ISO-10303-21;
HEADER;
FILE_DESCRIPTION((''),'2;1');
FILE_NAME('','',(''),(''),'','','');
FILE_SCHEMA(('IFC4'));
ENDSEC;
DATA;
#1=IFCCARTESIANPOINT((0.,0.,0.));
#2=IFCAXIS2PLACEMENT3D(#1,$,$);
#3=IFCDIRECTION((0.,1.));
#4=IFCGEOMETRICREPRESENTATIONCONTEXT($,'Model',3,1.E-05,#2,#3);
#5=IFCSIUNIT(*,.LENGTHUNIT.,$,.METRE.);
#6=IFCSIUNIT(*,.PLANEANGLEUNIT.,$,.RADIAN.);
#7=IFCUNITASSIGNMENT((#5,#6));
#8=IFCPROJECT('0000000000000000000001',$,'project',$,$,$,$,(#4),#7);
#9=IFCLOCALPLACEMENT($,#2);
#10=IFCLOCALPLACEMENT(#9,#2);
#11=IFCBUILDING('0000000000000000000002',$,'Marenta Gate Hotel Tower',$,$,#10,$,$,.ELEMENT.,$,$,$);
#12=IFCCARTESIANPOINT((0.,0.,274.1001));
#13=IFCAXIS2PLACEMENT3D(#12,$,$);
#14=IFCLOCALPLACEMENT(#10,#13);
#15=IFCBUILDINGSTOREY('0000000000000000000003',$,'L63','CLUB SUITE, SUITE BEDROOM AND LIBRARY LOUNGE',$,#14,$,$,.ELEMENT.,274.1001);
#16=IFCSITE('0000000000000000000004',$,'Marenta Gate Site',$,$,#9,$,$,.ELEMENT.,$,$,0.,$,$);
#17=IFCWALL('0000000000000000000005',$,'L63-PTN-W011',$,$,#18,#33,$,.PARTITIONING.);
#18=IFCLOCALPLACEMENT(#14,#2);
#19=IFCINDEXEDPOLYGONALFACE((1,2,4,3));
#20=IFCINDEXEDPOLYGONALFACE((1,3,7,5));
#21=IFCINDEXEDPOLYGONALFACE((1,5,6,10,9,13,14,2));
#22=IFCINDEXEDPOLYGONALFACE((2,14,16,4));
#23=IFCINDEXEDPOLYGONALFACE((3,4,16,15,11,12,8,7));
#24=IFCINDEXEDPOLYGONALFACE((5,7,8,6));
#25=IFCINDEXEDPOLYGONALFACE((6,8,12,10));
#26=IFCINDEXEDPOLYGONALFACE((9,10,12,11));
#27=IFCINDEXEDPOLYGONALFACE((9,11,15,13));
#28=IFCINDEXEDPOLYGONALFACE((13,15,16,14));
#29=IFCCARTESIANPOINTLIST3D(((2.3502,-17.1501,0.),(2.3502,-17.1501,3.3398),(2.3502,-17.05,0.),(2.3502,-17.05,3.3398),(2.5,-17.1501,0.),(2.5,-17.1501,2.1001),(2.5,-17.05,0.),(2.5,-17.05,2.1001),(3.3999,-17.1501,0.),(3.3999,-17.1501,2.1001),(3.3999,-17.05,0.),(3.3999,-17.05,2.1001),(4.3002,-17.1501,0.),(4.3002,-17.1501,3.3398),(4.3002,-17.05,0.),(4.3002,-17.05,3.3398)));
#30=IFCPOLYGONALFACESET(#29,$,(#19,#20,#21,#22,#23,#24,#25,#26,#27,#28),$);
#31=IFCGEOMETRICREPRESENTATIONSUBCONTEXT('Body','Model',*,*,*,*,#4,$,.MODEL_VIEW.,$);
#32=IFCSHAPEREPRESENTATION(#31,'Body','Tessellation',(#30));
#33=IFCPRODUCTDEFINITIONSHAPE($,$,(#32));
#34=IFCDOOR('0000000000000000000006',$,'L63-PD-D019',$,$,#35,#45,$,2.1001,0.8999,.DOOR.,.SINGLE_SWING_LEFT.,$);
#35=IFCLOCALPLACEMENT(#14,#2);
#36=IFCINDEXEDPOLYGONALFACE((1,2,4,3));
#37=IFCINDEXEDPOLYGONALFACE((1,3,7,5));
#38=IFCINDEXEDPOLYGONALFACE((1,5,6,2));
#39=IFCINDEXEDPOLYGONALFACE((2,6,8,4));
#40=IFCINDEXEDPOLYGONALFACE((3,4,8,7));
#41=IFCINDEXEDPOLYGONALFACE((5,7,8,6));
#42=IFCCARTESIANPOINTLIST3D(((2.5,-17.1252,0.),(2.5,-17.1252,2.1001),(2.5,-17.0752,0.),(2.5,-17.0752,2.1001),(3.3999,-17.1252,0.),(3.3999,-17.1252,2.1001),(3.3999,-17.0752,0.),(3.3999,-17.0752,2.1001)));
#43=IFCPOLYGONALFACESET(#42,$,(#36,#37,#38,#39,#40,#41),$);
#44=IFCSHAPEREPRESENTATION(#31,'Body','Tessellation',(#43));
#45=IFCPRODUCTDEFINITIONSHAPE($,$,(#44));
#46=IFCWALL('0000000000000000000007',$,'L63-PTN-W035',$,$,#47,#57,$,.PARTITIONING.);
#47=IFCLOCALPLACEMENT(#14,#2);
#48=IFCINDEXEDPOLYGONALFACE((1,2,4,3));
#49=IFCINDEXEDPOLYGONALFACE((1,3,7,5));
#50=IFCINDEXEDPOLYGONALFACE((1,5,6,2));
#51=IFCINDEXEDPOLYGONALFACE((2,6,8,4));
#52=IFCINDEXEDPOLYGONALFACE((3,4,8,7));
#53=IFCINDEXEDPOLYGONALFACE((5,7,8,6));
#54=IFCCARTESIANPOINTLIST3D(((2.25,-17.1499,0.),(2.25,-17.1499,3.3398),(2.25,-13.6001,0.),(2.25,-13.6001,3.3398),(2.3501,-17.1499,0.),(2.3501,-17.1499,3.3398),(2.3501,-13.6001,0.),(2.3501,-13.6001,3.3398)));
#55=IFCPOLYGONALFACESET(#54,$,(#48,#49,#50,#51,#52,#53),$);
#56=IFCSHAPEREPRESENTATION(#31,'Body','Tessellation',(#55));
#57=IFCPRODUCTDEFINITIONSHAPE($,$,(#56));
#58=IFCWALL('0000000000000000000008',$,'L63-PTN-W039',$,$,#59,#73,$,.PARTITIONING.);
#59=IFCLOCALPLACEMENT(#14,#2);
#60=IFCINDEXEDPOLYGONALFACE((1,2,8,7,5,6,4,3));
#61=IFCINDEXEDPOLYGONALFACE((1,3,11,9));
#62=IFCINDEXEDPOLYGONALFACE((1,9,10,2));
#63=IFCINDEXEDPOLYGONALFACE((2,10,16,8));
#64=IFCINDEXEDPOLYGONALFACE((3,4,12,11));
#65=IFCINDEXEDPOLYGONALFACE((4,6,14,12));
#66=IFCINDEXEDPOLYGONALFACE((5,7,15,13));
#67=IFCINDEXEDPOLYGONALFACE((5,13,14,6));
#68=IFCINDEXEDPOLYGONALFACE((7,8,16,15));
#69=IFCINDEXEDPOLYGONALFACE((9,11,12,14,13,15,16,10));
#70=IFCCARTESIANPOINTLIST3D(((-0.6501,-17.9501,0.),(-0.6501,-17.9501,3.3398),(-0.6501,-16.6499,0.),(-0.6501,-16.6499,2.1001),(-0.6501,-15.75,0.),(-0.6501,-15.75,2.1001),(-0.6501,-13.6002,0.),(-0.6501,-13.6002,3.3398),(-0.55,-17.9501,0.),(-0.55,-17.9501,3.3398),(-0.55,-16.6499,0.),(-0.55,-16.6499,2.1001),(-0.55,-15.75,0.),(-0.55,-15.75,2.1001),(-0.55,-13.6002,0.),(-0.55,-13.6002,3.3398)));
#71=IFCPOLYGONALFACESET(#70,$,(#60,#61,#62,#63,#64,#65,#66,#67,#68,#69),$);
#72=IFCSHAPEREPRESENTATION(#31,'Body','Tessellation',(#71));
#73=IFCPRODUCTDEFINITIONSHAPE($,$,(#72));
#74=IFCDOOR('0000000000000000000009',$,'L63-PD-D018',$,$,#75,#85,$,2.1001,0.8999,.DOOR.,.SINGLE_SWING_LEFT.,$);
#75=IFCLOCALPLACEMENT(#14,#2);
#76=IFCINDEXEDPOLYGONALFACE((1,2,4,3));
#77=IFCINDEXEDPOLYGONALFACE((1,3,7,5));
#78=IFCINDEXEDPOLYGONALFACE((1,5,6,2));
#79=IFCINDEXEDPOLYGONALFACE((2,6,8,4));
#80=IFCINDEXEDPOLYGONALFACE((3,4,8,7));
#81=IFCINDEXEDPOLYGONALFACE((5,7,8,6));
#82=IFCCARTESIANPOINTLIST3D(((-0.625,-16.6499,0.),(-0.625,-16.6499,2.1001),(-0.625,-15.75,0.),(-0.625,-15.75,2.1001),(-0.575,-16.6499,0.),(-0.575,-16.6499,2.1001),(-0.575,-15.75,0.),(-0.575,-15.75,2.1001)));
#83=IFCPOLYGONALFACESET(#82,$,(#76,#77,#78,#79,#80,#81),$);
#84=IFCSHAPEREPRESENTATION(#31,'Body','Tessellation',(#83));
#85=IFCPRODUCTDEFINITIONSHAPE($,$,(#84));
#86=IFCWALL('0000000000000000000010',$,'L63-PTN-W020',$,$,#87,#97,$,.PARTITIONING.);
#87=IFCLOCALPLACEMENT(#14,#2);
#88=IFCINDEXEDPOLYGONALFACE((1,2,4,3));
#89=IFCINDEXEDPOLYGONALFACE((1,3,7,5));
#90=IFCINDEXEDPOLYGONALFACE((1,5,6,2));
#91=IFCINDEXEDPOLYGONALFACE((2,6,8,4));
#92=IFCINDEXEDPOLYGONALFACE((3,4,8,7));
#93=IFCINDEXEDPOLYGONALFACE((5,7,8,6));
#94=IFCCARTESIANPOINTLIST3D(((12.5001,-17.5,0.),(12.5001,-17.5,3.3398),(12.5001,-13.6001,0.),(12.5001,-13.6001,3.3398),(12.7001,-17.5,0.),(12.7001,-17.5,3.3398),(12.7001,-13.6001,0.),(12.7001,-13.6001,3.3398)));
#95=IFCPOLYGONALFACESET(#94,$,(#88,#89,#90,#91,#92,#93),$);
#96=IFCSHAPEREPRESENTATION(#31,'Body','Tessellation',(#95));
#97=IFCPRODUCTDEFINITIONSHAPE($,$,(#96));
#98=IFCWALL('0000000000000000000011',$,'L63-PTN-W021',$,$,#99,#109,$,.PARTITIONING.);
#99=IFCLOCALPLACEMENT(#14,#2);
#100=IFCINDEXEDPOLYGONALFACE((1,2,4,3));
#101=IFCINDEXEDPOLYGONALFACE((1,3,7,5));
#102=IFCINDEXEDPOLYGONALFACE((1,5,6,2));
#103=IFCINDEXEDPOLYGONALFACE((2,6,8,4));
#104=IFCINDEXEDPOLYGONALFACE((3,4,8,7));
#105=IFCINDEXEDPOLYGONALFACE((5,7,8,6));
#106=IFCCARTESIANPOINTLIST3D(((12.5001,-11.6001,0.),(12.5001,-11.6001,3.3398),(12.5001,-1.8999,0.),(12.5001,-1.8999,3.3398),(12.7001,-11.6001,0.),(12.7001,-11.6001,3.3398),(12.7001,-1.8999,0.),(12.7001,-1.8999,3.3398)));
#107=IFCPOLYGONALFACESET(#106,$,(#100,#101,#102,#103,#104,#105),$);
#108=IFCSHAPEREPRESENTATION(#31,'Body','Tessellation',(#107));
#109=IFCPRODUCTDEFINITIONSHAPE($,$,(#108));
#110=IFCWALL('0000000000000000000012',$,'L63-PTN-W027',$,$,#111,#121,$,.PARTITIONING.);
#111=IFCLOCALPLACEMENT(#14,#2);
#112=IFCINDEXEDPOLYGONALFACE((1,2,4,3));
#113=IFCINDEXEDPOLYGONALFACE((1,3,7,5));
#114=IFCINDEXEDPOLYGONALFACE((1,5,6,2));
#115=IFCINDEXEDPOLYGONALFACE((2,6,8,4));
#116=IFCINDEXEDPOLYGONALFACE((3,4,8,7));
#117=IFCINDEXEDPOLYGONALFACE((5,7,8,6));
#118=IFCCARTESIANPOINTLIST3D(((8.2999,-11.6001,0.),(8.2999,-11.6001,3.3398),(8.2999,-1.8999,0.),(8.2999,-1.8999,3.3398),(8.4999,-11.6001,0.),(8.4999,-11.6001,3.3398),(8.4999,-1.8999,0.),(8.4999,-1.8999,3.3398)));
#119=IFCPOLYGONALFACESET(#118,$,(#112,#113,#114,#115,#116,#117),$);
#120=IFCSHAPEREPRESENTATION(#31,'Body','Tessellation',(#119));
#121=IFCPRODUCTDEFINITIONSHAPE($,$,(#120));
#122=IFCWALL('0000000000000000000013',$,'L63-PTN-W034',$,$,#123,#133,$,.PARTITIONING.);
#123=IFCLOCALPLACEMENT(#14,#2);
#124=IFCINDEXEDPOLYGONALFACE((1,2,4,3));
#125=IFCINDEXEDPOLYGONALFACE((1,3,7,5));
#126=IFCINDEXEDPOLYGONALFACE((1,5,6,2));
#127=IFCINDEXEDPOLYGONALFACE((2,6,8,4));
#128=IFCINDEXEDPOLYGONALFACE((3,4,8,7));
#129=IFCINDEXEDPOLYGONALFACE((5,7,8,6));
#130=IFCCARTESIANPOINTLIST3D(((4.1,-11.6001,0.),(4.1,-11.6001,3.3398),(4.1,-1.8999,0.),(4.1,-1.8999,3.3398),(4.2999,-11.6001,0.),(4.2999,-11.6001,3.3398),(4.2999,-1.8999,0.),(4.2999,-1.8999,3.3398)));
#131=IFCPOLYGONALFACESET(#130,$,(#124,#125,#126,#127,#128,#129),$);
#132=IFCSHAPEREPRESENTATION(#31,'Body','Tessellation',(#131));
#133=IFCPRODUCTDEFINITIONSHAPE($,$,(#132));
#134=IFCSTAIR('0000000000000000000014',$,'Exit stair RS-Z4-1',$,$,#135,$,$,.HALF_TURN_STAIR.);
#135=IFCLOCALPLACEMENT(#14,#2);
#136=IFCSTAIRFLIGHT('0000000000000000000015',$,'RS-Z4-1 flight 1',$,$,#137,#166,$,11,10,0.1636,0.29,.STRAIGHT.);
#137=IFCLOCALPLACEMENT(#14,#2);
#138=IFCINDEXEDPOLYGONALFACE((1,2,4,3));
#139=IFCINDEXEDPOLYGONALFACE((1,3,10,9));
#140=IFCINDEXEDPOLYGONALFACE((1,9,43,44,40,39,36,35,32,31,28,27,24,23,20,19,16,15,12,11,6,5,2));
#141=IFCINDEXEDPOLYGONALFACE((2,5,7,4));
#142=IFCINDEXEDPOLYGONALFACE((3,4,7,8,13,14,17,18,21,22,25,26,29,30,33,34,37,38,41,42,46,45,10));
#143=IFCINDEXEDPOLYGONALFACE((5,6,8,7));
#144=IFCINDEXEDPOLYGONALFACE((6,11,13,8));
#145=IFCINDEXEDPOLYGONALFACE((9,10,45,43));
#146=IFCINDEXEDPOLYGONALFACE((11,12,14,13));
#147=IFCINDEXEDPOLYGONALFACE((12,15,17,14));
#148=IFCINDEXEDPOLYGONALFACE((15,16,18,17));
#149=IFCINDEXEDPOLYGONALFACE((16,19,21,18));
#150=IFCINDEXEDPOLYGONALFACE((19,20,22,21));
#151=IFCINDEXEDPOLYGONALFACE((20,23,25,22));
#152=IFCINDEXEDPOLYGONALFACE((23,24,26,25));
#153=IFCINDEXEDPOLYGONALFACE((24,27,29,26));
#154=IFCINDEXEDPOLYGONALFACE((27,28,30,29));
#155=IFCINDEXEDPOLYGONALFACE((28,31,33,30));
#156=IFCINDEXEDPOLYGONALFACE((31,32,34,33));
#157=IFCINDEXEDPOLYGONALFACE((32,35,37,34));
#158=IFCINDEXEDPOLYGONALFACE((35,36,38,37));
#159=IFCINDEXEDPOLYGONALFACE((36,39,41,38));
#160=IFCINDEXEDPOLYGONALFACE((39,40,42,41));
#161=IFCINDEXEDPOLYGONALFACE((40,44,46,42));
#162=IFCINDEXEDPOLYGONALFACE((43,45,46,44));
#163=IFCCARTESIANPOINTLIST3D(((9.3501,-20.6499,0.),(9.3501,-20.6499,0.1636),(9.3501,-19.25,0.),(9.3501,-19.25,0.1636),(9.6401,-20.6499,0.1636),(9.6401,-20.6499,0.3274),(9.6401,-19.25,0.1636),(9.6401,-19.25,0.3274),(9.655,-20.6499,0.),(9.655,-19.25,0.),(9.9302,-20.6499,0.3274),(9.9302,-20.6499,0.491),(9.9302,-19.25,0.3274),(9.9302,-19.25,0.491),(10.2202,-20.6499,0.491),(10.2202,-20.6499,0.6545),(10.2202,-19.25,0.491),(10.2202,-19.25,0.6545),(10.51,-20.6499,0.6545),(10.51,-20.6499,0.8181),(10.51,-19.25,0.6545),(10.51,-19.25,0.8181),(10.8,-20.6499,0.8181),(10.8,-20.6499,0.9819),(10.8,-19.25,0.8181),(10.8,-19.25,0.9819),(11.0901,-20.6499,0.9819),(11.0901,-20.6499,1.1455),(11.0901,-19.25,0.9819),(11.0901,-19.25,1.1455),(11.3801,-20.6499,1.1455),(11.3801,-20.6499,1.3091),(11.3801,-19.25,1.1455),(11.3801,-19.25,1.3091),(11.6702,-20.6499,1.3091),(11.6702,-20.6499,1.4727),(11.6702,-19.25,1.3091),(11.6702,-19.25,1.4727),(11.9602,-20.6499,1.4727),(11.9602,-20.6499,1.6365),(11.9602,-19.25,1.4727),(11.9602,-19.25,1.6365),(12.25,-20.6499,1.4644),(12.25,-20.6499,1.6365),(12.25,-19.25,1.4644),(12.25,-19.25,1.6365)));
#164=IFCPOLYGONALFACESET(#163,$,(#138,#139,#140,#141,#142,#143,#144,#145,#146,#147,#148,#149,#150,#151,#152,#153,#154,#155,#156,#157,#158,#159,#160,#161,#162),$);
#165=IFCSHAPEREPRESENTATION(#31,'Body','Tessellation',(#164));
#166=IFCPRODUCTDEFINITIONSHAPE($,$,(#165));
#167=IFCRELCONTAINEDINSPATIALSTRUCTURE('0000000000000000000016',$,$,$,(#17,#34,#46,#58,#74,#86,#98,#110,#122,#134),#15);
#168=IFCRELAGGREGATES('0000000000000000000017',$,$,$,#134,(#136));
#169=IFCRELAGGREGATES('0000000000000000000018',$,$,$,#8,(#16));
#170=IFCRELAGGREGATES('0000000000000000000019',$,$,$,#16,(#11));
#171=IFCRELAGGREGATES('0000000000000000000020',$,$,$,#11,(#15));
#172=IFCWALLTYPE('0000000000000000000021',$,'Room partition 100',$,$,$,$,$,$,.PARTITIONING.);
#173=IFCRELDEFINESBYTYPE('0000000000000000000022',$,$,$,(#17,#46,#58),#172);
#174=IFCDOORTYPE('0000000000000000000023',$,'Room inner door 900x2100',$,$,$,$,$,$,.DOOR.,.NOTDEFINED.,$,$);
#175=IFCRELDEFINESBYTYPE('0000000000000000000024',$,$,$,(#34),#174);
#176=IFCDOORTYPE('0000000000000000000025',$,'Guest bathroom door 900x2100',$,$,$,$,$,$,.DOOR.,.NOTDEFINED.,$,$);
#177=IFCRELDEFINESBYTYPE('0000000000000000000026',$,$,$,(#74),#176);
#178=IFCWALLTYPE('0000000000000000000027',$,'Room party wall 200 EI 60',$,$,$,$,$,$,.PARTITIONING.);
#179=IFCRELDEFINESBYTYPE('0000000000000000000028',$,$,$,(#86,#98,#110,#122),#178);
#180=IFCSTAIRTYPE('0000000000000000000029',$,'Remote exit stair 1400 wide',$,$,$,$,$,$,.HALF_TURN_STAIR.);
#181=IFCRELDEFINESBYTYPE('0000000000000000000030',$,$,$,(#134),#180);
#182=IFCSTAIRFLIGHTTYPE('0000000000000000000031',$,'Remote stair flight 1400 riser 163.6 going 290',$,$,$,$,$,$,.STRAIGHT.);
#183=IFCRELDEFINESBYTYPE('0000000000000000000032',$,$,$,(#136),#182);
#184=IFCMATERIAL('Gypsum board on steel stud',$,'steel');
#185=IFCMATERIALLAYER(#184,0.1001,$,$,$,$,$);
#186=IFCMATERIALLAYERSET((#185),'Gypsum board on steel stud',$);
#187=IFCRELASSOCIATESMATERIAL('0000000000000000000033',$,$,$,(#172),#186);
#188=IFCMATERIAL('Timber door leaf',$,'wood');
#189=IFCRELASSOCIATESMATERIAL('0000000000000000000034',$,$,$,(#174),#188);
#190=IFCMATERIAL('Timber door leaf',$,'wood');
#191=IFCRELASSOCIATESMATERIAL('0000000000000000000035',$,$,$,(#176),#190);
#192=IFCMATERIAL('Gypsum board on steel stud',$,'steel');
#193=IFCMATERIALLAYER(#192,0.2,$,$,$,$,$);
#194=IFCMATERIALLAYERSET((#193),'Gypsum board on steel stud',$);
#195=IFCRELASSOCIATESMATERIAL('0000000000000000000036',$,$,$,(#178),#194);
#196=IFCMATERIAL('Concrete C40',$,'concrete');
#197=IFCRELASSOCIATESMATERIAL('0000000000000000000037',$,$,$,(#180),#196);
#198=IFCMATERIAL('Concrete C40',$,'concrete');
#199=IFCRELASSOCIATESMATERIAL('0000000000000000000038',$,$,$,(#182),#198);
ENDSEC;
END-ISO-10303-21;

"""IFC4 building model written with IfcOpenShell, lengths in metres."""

from ifc_helpers import new_model, si_unit, direction, frame, frame_2d, origin, place, context, subcontext, project, spatial, polyline, rectangle, outline, extrude, material, layer, layer_set, type_object, element, fill, aggregate, save


model = new_model("IFC4")

# Units and contexts
model_context = context("Model", 3, precision=1e-05, world=origin(), true_north=direction((0.0, 1.0)))
body_context = subcontext(model_context, "Body", "Model", "MODEL_VIEW")
ifc_project = project(units=[si_unit("LENGTHUNIT", "METRE"), si_unit("PLANEANGLEUNIT", "RADIAN")], contexts=[model_context])

# Site, building, storey
site_placement = place(None, origin())
site = spatial("IfcSite", under=ifc_project, at=site_placement, Name="Marenta Gate Site", CompositionType="ELEMENT", RefElevation=0.0)
building_placement = place(site_placement, origin())
building = spatial("IfcBuilding", under=site, at=building_placement, Name="Marenta Gate Hotel Tower", CompositionType="ELEMENT")
storey_placement = place(building_placement, frame((0.0, 0.0, 274.1001)))
storey = spatial("IfcBuildingStorey", under=building, at=storey_placement, Name="L63", Description="CLUB SUITE, SUITE BEDROOM AND LIBRARY LOUNGE", CompositionType="ELEMENT", Elevation=274.1001)

# Wall, opening, door
ifc_material_1 = material(Name="Gypsum board on steel stud", Category="steel")
ifc_layer_1 = layer(ifc_material_1, 0.1001)
ifc_layer_set_1 = layer_set([ifc_layer_1], Name="Gypsum board on steel stud")
wall_type_1 = type_object("IfcWallType", Name="Room partition 100", PredefinedType="PARTITIONING", material=ifc_layer_set_1)
wall_1_placement = place(storey_placement, frame((2.3501, -17.1001, 0.0), z_axis=(0.0, 0.0, 1.0), x_axis=(1.0, 0.0, 0.0)))
wall_1 = element("IfcWall", 1, at=wall_1_placement, inside=storey, type_object=wall_type_1, Name="L63-PTN-W011", PredefinedType="PARTITIONING", context=body_context, shape_type="SweptSolid", body=[
    extrude(rectangle(XDim=1.95, YDim=0.1001, at=frame_2d((0.9751, 0.0))), origin(), (0.0, 0.0, 1.0), 3.3398),
])
opening_1_placement = place(wall_1_placement, frame((0.1499, 0.0, 0.0)))
opening_1 = element("IfcOpeningElement", 2, at=opening_1_placement, cuts=wall_1, PredefinedType="OPENING", context=body_context, shape_type="SweptSolid", body=[
    extrude(rectangle(XDim=0.8999, YDim=2.1001, at=frame_2d((0.45, 1.05))), frame((0.0, 0.05, 0.0), z_axis=(0.0, -1.0, 0.0), x_axis=(1.0, 0.0, 0.0)), (0.0, 0.0, 1.0), 0.1001),
])
ifc_material_2 = material(Name="Timber door leaf", Category="wood")
door_type_1 = type_object("IfcDoorType", Name="Room inner door 900x2100", OperationType="NOTDEFINED", PredefinedType="DOOR", material=ifc_material_2)
door_1_placement = place(opening_1_placement, origin())
door_1 = element("IfcDoor", 3, at=door_1_placement, inside=storey, type_object=door_type_1, Name="L63-PD-D019", OperationType="SINGLE_SWING_LEFT", OverallHeight=2.1001, OverallWidth=0.8999, PredefinedType="DOOR", context=body_context, shape_type="SweptSolid", body=[
    extrude(rectangle(XDim=0.8999, YDim=2.1001, at=frame_2d((0.45, 1.05))), frame((0.0, 0.0249, 0.0), z_axis=(0.0, -1.0, 0.0), x_axis=(1.0, 0.0, 0.0)), (0.0, 0.0, 1.0), 0.05),
])
fill(opening_1, door_1)

# Wall
wall_2_placement = place(storey_placement, frame((2.3, -17.1499, 0.0), z_axis=(0.0, 0.0, 1.0), x_axis=(0.0, 1.0, 0.0)))
element("IfcWall", 4, at=wall_2_placement, inside=storey, type_object=wall_type_1, Name="L63-PTN-W035", PredefinedType="PARTITIONING", context=body_context, shape_type="SweptSolid", body=[
    extrude(rectangle(XDim=3.5498, YDim=0.1001, at=frame_2d((1.7749, 0.0))), origin(), (0.0, 0.0, 1.0), 3.3398),
])

# Wall, opening, door
wall_3_placement = place(storey_placement, frame((-0.6001, -17.95, 0.0), z_axis=(0.0, 0.0, 1.0), x_axis=(0.0, 1.0, 0.0)))
wall_3 = element("IfcWall", 5, at=wall_3_placement, inside=storey, type_object=wall_type_1, Name="L63-PTN-W039", PredefinedType="PARTITIONING", context=body_context, shape_type="SweptSolid", body=[
    extrude(rectangle(XDim=4.3499, YDim=0.1001, at=frame_2d((2.1748, 0.0))), origin(), (0.0, 0.0, 1.0), 3.3398),
])
opening_2_placement = place(wall_3_placement, frame((1.3, 0.0, 0.0)))
opening_2 = element("IfcOpeningElement", 6, at=opening_2_placement, cuts=wall_3, PredefinedType="OPENING", context=body_context, shape_type="SweptSolid", body=[
    extrude(rectangle(XDim=0.8999, YDim=2.1001, at=frame_2d((0.45, 1.05))), frame((0.0, 0.05, 0.0), z_axis=(0.0, -1.0, 0.0), x_axis=(1.0, 0.0, 0.0)), (0.0, 0.0, 1.0), 0.1001),
])
ifc_material_3 = material(Name="Timber door leaf", Category="wood")
door_type_2 = type_object("IfcDoorType", Name="Guest bathroom door 900x2100", OperationType="NOTDEFINED", PredefinedType="DOOR", material=ifc_material_3)
door_2_placement = place(opening_2_placement, origin())
door_2 = element("IfcDoor", 7, at=door_2_placement, inside=storey, type_object=door_type_2, Name="L63-PD-D018", OperationType="SINGLE_SWING_LEFT", OverallHeight=2.1001, OverallWidth=0.8999, PredefinedType="DOOR", context=body_context, shape_type="SweptSolid", body=[
    extrude(rectangle(XDim=0.8999, YDim=2.1001, at=frame_2d((0.45, 1.05))), frame((0.0, 0.0249, 0.0), z_axis=(0.0, -1.0, 0.0), x_axis=(1.0, 0.0, 0.0)), (0.0, 0.0, 1.0), 0.05),
])
fill(opening_2, door_2)

# Walls
ifc_material_4 = material(Name="Gypsum board on steel stud", Category="steel")
ifc_layer_2 = layer(ifc_material_4, 0.2)
ifc_layer_set_2 = layer_set([ifc_layer_2], Name="Gypsum board on steel stud")
wall_type_2 = type_object("IfcWallType", Name="Room party wall 200 EI 60", PredefinedType="PARTITIONING", material=ifc_layer_set_2)
wall_4_placement = place(storey_placement, frame((12.6001, -17.5, 0.0), z_axis=(0.0, 0.0, 1.0), x_axis=(0.0, 1.0, 0.0)))
element("IfcWall", 8, at=wall_4_placement, inside=storey, type_object=wall_type_2, Name="L63-PTN-W020", PredefinedType="PARTITIONING", context=body_context, shape_type="SweptSolid", body=[
    extrude(rectangle(XDim=3.8999, YDim=0.2, at=frame_2d((1.95, 0.0))), origin(), (0.0, 0.0, 1.0), 3.3398),
])
for number, where, z_axis, x_axis, name in (
    (9, (12.6001, -11.6001, 0.0), (0.0, 0.0, 1.0), (0.0, 1.0, 0.0), "L63-PTN-W021"),
    (10, (8.3999, -11.6001, 0.0), (0.0, 0.0, 1.0), (0.0, 1.0, 0.0), "L63-PTN-W027"),
    (11, (4.2, -11.6001, 0.0), (0.0, 0.0, 1.0), (0.0, 1.0, 0.0), "L63-PTN-W034"),
):
    element("IfcWall", number, at=place(storey_placement, frame(where, z_axis=z_axis, x_axis=x_axis)), inside=storey, type_object=wall_type_2, Name=name, PredefinedType="PARTITIONING", context=body_context, shape_type="SweptSolid", body=[
        extrude(rectangle(XDim=9.7002, YDim=0.2, at=frame_2d((4.8501, 0.0))), origin(), (0.0, 0.0, 1.0), 3.3398),
    ])

# Stair, stair flight
ifc_material_5 = material(Name="Concrete C40", Category="concrete")
stair_type = type_object("IfcStairType", Name="Remote exit stair 1400 wide", PredefinedType="HALF_TURN_STAIR", material=ifc_material_5)
stair_placement = place(storey_placement, origin())
stair = element("IfcStair", 12, at=stair_placement, inside=storey, type_object=stair_type, Name="Exit stair RS-Z4-1", PredefinedType="HALF_TURN_STAIR")
ifc_material_6 = material(Name="Concrete C40", Category="concrete")
stair_flight_type = type_object("IfcStairFlightType", Name="Remote stair flight 1400 riser 163.6 going 290", PredefinedType="STRAIGHT", material=ifc_material_6)
stair_flight_1_placement = place(storey_placement, frame((9.3501, -19.95, 0.0), z_axis=(0.0, 0.0, 1.0), x_axis=(1.0, 0.0, 0.0)))
stair_flight_1 = element("IfcStairFlight", 13, at=stair_flight_1_placement, type_object=stair_flight_type, Name="RS-Z4-1 flight 1", NumberOfRisers=11, NumberOfTreads=10, PredefinedType="STRAIGHT", RiserHeight=0.1636, TreadLength=0.29, context=body_context, shape_type="SweptSolid", body=[
    extrude(outline(polyline([(0.0, 0.0), (0.0, 0.1636), (0.29, 0.1636), (0.29, 0.3274), (0.5801, 0.3274), (0.5801, 0.491), (0.8701, 0.491), (0.8701, 0.6545), (1.1599, 0.6545), (1.1599, 0.8181), (1.45, 0.8181), (1.45, 0.9819), (1.74, 0.9819), (1.74, 1.1455), (2.03, 1.1455), (2.03, 1.3091), (2.3201, 1.3091), (2.3201, 1.4727), (2.6101, 1.4727), (2.6101, 1.6365), (2.8999, 1.6365), (2.8999, 1.8), (2.8999, 1.4644), (0.3049, 0.0), (0.0, 0.0)])), frame((0.0, 0.7, 0.0), z_axis=(0.0, -1.0, 0.0), x_axis=(1.0, 0.0, 0.0)), (0.0, 0.0, 1.0), 1.3999),
])
aggregate(stair, [stair_flight_1])

save(model, "model.ifc")
